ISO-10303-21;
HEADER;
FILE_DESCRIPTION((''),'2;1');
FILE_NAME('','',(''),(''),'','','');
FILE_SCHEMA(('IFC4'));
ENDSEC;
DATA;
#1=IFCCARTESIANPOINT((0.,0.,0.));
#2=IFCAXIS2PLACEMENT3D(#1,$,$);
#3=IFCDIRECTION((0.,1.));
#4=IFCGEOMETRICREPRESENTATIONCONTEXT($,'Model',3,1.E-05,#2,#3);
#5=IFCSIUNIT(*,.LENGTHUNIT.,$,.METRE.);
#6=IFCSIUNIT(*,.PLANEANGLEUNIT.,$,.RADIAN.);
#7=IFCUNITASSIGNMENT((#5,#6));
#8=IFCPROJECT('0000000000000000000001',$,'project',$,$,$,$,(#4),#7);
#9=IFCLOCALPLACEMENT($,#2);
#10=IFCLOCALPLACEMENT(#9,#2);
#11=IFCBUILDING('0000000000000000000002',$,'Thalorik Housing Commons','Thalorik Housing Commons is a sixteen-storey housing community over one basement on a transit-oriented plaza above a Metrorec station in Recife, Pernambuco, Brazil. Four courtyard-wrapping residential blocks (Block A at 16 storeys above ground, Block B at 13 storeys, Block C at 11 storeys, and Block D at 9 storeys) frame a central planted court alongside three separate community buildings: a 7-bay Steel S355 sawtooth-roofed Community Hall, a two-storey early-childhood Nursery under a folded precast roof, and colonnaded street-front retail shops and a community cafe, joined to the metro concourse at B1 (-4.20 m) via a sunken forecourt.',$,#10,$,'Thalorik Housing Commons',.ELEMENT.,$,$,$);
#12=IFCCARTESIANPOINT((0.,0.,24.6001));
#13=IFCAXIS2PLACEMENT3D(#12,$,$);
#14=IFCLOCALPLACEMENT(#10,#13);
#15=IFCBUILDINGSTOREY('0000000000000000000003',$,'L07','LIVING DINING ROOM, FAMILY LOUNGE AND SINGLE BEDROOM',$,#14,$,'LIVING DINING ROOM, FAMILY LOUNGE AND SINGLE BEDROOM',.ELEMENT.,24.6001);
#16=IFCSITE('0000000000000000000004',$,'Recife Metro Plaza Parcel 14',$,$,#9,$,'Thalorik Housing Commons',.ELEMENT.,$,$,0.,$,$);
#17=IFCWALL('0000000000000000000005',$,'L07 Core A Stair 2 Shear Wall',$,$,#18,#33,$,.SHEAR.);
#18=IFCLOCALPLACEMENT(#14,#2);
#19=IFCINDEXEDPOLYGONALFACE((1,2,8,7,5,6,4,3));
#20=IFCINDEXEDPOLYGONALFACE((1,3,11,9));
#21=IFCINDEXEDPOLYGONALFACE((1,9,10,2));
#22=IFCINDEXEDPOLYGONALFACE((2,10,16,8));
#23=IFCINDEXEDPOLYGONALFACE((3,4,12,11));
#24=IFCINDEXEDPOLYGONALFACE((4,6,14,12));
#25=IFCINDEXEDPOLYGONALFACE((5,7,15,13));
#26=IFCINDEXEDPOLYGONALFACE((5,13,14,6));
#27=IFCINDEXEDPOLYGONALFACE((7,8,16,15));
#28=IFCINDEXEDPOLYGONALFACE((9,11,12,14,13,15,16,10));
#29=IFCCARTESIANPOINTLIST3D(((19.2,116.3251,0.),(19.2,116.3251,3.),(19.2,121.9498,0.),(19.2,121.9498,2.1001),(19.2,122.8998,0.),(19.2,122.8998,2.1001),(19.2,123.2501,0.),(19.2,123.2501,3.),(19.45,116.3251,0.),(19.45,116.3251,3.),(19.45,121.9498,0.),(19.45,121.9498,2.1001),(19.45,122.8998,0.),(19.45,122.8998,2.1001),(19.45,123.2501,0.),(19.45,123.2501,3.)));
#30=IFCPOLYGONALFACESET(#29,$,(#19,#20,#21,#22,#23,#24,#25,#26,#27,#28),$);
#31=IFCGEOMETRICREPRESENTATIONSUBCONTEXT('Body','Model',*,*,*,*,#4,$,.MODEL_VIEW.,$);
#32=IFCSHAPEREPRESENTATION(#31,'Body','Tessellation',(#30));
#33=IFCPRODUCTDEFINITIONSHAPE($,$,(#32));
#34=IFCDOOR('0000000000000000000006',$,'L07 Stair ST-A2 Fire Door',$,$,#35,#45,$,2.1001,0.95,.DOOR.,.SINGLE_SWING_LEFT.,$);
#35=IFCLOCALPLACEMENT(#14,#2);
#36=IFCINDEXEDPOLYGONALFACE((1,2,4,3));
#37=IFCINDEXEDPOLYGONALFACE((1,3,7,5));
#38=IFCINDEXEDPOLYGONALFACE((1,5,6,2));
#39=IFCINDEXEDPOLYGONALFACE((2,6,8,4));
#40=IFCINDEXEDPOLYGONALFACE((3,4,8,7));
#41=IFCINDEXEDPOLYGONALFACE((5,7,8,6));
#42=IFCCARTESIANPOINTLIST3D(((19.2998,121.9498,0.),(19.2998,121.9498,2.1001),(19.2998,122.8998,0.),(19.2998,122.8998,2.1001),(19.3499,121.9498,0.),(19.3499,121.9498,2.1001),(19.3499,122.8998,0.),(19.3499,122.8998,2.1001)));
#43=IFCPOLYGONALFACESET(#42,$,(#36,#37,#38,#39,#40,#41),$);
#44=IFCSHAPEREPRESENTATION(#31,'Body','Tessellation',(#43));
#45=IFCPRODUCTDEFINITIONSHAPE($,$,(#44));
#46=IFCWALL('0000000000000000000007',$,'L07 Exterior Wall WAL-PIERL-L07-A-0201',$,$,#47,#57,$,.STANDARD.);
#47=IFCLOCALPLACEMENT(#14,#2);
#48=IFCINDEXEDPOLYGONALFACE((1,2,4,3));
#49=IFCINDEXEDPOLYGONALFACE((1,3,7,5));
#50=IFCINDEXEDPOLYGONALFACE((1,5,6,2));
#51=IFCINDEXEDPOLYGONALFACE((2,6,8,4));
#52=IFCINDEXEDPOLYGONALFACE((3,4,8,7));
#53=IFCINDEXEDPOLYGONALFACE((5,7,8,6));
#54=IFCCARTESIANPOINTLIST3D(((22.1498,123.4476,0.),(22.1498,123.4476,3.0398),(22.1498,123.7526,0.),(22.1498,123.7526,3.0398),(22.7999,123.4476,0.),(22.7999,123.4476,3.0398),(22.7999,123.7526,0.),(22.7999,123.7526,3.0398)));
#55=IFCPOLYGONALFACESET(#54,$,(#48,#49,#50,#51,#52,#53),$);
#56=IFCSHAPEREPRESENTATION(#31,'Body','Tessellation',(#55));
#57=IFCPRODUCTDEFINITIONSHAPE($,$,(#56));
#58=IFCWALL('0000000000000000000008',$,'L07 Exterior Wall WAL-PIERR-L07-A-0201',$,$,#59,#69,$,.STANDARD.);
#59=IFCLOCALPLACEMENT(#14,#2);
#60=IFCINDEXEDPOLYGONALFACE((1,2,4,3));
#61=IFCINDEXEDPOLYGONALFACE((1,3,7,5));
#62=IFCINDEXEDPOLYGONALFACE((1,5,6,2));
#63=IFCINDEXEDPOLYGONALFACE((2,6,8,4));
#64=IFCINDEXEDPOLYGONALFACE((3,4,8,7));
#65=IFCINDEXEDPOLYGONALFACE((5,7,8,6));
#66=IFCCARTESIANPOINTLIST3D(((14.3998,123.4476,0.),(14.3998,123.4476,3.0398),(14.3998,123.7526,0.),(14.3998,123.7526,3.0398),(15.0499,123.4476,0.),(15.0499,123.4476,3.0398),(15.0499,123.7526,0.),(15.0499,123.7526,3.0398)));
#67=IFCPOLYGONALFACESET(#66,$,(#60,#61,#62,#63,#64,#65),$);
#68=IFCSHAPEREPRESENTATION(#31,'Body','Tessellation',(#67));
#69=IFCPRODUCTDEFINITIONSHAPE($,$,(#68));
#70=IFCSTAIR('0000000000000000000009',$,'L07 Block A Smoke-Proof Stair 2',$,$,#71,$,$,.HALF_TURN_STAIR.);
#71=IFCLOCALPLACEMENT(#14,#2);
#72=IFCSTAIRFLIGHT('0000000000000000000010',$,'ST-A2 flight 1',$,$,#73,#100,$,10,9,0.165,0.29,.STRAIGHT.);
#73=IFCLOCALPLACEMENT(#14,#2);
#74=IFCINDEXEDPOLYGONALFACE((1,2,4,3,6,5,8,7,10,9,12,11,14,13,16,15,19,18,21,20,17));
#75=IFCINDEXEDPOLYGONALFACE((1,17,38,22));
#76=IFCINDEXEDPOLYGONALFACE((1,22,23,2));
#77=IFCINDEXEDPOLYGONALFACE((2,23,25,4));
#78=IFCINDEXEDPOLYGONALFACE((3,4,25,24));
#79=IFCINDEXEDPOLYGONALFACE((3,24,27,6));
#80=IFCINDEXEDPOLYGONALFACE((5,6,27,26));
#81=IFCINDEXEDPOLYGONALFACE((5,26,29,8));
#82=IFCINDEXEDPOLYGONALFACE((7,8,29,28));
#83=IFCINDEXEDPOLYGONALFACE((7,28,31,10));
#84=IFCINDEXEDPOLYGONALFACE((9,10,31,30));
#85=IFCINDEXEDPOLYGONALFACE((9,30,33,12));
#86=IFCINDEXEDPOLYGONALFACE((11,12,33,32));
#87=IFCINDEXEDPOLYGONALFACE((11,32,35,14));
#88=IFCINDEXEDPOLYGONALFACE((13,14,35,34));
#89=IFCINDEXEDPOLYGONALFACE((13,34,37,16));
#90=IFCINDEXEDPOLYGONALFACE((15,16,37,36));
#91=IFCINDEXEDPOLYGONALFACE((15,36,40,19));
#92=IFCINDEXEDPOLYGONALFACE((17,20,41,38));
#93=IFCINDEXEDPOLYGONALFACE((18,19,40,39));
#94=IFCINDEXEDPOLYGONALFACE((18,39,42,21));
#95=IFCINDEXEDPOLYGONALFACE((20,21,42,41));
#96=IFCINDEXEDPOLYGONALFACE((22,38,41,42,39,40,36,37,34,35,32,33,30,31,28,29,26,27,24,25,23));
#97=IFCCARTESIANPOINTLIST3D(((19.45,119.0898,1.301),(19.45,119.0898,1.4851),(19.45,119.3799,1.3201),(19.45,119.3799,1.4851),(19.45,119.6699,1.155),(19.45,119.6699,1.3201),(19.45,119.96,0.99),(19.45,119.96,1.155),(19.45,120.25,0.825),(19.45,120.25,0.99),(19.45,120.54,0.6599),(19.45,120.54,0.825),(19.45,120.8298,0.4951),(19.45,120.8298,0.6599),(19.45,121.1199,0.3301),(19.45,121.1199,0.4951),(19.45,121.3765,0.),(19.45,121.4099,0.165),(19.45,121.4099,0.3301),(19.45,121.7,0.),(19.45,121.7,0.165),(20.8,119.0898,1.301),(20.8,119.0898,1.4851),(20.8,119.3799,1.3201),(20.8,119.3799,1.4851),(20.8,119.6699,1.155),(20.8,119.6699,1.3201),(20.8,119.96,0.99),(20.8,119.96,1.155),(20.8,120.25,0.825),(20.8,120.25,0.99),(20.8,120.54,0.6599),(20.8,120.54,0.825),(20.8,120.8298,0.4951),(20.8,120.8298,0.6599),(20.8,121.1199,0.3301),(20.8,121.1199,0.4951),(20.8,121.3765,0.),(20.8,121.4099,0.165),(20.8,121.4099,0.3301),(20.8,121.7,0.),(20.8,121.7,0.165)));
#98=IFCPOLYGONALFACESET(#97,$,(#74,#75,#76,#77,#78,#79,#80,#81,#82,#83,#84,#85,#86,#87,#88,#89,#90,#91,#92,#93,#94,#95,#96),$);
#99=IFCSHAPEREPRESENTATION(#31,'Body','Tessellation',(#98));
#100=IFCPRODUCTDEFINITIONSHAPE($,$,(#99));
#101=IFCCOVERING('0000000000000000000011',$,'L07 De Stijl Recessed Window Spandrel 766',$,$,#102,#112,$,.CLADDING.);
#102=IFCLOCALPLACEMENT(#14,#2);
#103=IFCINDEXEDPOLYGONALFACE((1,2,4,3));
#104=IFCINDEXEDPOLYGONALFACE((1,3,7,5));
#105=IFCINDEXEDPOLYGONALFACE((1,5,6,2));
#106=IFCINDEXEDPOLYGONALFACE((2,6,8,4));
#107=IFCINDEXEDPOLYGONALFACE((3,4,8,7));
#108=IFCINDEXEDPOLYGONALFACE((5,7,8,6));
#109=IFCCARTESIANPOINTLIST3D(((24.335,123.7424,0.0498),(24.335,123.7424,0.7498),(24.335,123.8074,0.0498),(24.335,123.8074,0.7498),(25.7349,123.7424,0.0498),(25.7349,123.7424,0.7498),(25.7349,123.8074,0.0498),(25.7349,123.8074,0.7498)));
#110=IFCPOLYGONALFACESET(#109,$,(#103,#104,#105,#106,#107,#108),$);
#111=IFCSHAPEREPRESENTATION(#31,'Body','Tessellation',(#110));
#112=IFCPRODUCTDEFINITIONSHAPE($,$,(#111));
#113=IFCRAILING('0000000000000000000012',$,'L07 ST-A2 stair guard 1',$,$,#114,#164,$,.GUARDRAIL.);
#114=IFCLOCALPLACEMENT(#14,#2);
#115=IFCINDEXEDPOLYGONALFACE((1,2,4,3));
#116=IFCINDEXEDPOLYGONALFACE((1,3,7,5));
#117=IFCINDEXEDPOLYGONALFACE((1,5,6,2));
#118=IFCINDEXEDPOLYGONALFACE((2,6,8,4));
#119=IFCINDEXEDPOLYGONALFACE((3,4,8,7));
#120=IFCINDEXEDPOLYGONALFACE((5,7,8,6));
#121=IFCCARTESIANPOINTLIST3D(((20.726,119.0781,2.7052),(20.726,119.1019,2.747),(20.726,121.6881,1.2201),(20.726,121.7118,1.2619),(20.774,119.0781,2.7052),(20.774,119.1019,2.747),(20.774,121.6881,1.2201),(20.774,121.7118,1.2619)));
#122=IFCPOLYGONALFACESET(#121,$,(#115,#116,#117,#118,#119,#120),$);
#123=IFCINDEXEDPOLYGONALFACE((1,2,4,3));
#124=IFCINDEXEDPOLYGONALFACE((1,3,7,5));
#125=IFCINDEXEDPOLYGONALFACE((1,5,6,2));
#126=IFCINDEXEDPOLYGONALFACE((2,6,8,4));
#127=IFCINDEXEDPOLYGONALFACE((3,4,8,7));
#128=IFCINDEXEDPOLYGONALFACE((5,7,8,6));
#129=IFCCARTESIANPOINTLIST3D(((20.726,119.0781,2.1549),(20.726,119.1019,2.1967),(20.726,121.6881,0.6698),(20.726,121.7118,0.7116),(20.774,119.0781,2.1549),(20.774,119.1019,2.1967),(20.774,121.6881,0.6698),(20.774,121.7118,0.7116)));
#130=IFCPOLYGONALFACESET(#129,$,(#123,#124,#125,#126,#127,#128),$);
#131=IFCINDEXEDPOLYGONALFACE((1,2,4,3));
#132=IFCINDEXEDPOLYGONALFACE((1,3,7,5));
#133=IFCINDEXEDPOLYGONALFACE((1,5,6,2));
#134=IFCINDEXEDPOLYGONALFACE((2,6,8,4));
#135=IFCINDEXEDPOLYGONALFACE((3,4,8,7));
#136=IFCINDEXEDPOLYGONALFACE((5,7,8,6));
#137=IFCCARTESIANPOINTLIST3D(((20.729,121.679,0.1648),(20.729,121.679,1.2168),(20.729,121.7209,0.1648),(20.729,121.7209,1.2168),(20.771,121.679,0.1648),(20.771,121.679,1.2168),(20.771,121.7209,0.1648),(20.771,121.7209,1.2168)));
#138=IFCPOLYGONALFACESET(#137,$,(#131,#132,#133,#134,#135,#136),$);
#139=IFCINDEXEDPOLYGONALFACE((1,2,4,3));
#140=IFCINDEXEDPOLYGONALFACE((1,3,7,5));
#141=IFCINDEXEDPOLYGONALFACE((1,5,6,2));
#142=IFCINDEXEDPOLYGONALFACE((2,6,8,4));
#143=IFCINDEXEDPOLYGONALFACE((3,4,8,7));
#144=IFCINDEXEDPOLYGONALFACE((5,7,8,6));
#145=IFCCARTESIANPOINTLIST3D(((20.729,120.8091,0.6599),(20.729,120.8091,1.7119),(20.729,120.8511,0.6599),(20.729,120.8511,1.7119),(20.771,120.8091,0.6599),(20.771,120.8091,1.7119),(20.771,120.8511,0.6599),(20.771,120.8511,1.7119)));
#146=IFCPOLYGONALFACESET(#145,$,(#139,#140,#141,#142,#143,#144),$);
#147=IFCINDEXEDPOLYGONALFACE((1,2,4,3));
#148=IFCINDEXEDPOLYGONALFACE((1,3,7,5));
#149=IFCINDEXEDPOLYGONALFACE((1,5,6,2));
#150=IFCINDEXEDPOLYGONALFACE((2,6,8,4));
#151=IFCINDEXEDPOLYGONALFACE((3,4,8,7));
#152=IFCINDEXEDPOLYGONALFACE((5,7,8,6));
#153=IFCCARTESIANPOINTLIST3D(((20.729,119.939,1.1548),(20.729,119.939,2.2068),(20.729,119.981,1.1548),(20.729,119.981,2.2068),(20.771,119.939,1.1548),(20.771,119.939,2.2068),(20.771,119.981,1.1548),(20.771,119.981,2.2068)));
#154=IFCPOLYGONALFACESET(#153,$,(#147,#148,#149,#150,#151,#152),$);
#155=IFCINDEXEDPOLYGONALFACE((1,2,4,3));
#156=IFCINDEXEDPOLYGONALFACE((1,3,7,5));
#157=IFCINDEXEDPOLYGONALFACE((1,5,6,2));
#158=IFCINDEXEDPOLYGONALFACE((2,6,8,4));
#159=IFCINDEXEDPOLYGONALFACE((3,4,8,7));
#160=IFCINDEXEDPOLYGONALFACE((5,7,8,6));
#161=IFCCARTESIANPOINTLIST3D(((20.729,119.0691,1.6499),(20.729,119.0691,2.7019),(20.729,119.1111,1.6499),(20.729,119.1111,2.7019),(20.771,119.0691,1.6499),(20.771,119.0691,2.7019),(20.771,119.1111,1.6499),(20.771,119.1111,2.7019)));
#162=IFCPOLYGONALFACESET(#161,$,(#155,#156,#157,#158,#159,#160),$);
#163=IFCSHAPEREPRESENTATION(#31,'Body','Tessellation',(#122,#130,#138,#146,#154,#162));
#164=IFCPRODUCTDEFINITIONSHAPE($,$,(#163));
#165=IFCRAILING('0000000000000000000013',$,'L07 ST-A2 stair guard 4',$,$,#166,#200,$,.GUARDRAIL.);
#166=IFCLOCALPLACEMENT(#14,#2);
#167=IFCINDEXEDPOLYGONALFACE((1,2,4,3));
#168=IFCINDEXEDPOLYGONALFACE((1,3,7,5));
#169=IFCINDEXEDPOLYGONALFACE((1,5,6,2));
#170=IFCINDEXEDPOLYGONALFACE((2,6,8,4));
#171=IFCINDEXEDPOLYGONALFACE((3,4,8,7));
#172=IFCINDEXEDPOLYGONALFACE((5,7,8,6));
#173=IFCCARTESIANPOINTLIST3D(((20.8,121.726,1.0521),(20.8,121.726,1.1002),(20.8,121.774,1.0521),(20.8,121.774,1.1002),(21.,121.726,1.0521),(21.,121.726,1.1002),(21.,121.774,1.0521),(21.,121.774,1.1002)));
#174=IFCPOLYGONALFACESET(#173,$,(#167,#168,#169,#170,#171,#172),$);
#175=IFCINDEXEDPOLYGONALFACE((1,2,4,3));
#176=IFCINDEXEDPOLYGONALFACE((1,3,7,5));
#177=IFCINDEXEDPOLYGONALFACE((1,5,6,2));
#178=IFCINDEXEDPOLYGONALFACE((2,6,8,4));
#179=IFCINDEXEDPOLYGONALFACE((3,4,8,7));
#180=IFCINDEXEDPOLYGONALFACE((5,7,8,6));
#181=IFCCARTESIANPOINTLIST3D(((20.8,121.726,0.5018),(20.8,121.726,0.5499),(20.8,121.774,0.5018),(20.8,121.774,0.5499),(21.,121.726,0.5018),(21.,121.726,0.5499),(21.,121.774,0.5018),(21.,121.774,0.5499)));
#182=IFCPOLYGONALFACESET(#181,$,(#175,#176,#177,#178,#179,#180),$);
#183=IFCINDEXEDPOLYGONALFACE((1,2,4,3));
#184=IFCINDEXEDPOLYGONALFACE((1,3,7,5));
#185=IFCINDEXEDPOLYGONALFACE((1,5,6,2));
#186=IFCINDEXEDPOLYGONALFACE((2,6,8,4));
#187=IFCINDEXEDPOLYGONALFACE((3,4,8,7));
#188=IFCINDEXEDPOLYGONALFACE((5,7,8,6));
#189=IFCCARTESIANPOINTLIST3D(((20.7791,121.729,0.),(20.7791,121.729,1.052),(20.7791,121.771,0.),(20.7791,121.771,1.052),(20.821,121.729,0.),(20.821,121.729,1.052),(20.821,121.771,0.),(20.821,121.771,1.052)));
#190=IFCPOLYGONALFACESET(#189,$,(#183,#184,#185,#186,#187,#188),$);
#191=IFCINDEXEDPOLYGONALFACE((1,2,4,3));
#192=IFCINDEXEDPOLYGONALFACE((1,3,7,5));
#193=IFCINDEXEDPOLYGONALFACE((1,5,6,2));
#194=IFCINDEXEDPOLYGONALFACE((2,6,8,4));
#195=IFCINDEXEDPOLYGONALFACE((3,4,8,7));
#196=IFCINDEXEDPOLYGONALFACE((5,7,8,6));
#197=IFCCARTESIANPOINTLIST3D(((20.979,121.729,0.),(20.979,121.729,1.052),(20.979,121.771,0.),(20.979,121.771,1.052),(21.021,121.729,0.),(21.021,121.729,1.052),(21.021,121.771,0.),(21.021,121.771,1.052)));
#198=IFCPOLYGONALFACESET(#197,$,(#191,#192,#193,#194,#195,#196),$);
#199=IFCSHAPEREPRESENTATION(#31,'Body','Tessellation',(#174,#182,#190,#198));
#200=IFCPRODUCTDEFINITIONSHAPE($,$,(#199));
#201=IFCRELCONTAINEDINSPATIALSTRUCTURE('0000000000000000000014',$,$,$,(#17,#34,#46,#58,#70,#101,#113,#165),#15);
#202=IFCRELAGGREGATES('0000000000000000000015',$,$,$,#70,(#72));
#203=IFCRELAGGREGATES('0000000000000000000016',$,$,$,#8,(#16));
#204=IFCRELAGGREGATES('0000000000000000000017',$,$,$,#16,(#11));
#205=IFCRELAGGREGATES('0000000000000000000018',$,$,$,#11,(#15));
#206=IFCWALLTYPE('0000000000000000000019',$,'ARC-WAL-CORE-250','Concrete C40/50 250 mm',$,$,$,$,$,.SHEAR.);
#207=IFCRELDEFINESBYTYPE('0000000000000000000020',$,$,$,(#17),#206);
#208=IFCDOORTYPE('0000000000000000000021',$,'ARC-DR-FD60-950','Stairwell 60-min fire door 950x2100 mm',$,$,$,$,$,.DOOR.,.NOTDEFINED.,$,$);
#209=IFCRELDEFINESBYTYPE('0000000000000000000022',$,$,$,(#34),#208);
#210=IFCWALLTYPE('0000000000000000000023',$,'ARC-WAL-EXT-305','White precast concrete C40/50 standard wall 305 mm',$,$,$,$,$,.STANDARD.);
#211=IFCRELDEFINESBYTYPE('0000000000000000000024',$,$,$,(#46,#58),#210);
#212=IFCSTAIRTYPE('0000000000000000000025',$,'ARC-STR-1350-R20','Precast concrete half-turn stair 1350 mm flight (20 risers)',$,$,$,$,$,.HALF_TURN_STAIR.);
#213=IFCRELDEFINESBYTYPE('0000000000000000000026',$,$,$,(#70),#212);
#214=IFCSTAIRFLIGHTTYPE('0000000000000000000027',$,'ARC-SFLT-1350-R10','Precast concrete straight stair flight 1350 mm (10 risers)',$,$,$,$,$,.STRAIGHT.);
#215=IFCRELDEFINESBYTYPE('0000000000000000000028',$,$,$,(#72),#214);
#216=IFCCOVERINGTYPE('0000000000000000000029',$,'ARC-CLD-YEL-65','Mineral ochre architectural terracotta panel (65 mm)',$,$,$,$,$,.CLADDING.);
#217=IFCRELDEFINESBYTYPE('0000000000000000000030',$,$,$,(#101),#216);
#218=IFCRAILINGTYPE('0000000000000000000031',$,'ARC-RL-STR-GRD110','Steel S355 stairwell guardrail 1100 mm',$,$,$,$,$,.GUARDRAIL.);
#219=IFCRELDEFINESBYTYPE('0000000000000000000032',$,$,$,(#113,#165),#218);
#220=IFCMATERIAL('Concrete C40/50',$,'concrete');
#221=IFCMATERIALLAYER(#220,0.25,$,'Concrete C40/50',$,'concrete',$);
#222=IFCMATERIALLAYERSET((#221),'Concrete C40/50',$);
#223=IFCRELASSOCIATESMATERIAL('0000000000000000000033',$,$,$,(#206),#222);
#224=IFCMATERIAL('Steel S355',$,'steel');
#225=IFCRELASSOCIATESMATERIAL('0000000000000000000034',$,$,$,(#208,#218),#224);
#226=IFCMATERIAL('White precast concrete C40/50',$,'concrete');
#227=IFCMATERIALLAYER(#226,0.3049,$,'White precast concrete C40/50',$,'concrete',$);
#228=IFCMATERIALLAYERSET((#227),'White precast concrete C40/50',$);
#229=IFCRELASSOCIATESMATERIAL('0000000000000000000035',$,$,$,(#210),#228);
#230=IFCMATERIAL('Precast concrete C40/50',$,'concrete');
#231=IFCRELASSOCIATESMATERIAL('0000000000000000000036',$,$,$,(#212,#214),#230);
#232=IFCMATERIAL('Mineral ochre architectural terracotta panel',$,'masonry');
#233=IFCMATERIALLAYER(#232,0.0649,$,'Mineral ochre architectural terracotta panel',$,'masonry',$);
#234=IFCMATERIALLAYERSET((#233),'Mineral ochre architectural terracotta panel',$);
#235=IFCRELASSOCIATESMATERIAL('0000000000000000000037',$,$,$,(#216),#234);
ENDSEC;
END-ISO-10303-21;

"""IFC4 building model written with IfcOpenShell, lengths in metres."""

from ifc_helpers import new_model, si_unit, direction, frame, frame_2d, origin, origin_2d, place, context, subcontext, project, spatial, polyline, rectangle, outline, extrude, material, layer, layer_set, type_object, element, fill, aggregate, save


model = new_model("IFC4")

# Units and contexts
model_context = context("Model", 3, precision=1e-05, world=origin(), true_north=direction((0.0, 1.0)))
body_context = subcontext(model_context, "Body", "Model", "MODEL_VIEW")
ifc_project = project(units=[si_unit("LENGTHUNIT", "METRE"), si_unit("PLANEANGLEUNIT", "RADIAN")], contexts=[model_context])

# Site, building, storey
site_placement = place(None, origin())
site = spatial("IfcSite", under=ifc_project, at=site_placement, Name="Recife Metro Plaza Parcel 14", LongName="Thalorik Housing Commons", CompositionType="ELEMENT", RefElevation=0.0)
building_placement = place(site_placement, origin())
building = spatial("IfcBuilding", under=site, at=building_placement, Name="Thalorik Housing Commons", Description="Thalorik Housing Commons is a sixteen-storey housing community over one basement on a transit-oriented plaza above a Metrorec station in Recife, Pernambuco, Brazil. Four courtyard-wrapping residential blocks (Block A at 16 storeys above ground, Block B at 13 storeys, Block C at 11 storeys, and Block D at 9 storeys) frame a central planted court alongside three separate community buildings: a 7-bay Steel S355 sawtooth-roofed Community Hall, a two-storey early-childhood Nursery under a folded precast roof, and colonnaded street-front retail shops and a community cafe, joined to the metro concourse at B1 (-4.20 m) via a sunken forecourt.", LongName="Thalorik Housing Commons", CompositionType="ELEMENT")
storey_placement = place(building_placement, frame((0.0, 0.0, 24.6001)))
storey = spatial("IfcBuildingStorey", under=building, at=storey_placement, Name="L07", Description="LIVING DINING ROOM, FAMILY LOUNGE AND SINGLE BEDROOM", LongName="LIVING DINING ROOM, FAMILY LOUNGE AND SINGLE BEDROOM", CompositionType="ELEMENT", Elevation=24.6001)

# Shared definitions
ifc_material_1 = material(Name="Precast concrete C40/50", Category="concrete")

# Shared definitions
ifc_material_2 = material(Name="Concrete C40/50", Category="concrete")
ifc_layer_1 = layer(ifc_material_2, 0.25, Name="Concrete C40/50", Category="concrete")
ifc_layer_set_1 = layer_set([ifc_layer_1], Name="Concrete C40/50")
wall_type_1 = type_object("IfcWallType", Name="ARC-WAL-CORE-250", Description="Concrete C40/50 250 mm", PredefinedType="SHEAR", material=ifc_layer_set_1)

# Wall, opening, door
wall_1_placement = place(storey_placement, frame((19.325, 123.25, 0.0), z_axis=(0.0, 0.0, 1.0), x_axis=(0.0, -1.0, 0.0)))
wall_1 = element("IfcWall", 1, at=wall_1_placement, inside=storey, type_object=wall_type_1, Name="L07 Core A Stair 2 Shear Wall", PredefinedType="SHEAR", context=body_context, shape_type="SweptSolid", body=[
    extrude(rectangle(XDim=6.925, YDim=0.25, at=frame_2d((3.4624, 0.0))), origin(), (0.0, 0.0, 1.0), 3.0),
])
opening_placement = place(wall_1_placement, frame((0.3501, 0.0, 0.0)))
opening = element("IfcOpeningElement", 2, at=opening_placement, cuts=wall_1, PredefinedType="OPENING", context=body_context, shape_type="SweptSolid", body=[
    extrude(rectangle(XDim=0.95, YDim=2.1001, at=frame_2d((0.4751, 1.05))), frame((0.0, 0.135, 0.0), z_axis=(0.0, -1.0, 0.0), x_axis=(1.0, 0.0, 0.0)), (0.0, 0.0, 1.0), 0.27),
])
ifc_material_3 = material(Name="Steel S355", Category="steel")
door_type = type_object("IfcDoorType", Name="ARC-DR-FD60-950", Description="Stairwell 60-min fire door 950x2100 mm", OperationType="NOTDEFINED", PredefinedType="DOOR", material=ifc_material_3)
door_placement = place(opening_placement, origin())
door = element("IfcDoor", 3, at=door_placement, inside=storey, type_object=door_type, Name="L07 Stair ST-A2 Fire Door", OperationType="SINGLE_SWING_LEFT", OverallHeight=2.1001, OverallWidth=0.95, PredefinedType="DOOR", context=body_context, shape_type="SweptSolid", body=[
    extrude(rectangle(XDim=0.95, YDim=2.1001, at=frame_2d((0.4751, 1.05))), frame((0.0, 0.0249, 0.0), z_axis=(0.0, -1.0, 0.0), x_axis=(1.0, 0.0, 0.0)), (0.0, 0.0, 1.0), 0.05),
])
fill(opening, door)

# Walls
ifc_material_4 = material(Name="White precast concrete C40/50", Category="concrete")
ifc_layer_2 = layer(ifc_material_4, 0.3049, Name="White precast concrete C40/50", Category="concrete")
ifc_layer_set_2 = layer_set([ifc_layer_2], Name="White precast concrete C40/50")
wall_type_2 = type_object("IfcWallType", Name="ARC-WAL-EXT-305", Description="White precast concrete C40/50 standard wall 305 mm", PredefinedType="STANDARD", material=ifc_layer_set_2)
for number, where, z_axis, x_axis, name in (
    (4, (22.8, 123.6001, 0.0), (0.0, 0.0, 1.0), (-1.0, 0.0, 0.0), "L07 Exterior Wall WAL-PIERL-L07-A-0201"),
    (5, (15.05, 123.6001, 0.0), (0.0, 0.0, 1.0), (-1.0, 0.0, 0.0), "L07 Exterior Wall WAL-PIERR-L07-A-0201"),
):
    element("IfcWall", number, at=place(storey_placement, frame(where, z_axis=z_axis, x_axis=x_axis)), inside=storey, type_object=wall_type_2, Name=name, PredefinedType="STANDARD", context=body_context, shape_type="SweptSolid", body=[
        extrude(rectangle(XDim=0.6501, YDim=0.3049, at=frame_2d((0.3252, 0.0))), origin(), (0.0, 0.0, 1.0), 3.0398),
    ])

# Stair, stair flight
stair_type = type_object("IfcStairType", Name="ARC-STR-1350-R20", Description="Precast concrete half-turn stair 1350 mm flight (20 risers)", PredefinedType="HALF_TURN_STAIR", material=ifc_material_1)
stair_placement = place(storey_placement, origin())
stair = element("IfcStair", 6, at=stair_placement, inside=storey, type_object=stair_type, Name="L07 Block A Smoke-Proof Stair 2", PredefinedType="HALF_TURN_STAIR")
stair_flight_type = type_object("IfcStairFlightType", Name="ARC-SFLT-1350-R10", Description="Precast concrete straight stair flight 1350 mm (10 risers)", PredefinedType="STRAIGHT", material=ifc_material_1)
stair_flight_placement = place(storey_placement, frame((20.125, 121.7, 0.0), z_axis=(0.0, 0.0, 1.0), x_axis=(0.0, -1.0, 0.0)))
stair_flight = element("IfcStairFlight", 7, at=stair_flight_placement, type_object=stair_flight_type, Name="ST-A2 flight 1", NumberOfRisers=10, NumberOfTreads=9, PredefinedType="STRAIGHT", RiserHeight=0.165, TreadLength=0.29, context=body_context, shape_type="SweptSolid", body=[
    extrude(outline(polyline([(0.0, 0.0), (0.0, 0.165), (0.29, 0.165), (0.29, 0.3301), (0.5801, 0.3301), (0.5801, 0.4951), (0.8701, 0.4951), (0.8701, 0.6599), (1.1599, 0.6599), (1.1599, 0.825), (1.45, 0.825), (1.45, 0.99), (1.74, 0.99), (1.74, 1.155), (2.03, 1.155), (2.03, 1.3201), (2.3201, 1.3201), (2.3201, 1.4851), (2.6101, 1.4851), (2.6101, 1.6499), (2.6101, 1.301), (0.3235, 0.0), (0.0, 0.0)])), frame((0.0, 0.675, 0.0), z_axis=(0.0, -1.0, 0.0), x_axis=(1.0, 0.0, 0.0)), (0.0, 0.0, 1.0), 1.3501),
])
aggregate(stair, [stair_flight])

# Covering
ifc_material_5 = material(Name="Mineral ochre architectural terracotta panel", Category="masonry")
ifc_layer_3 = layer(ifc_material_5, 0.0649, Name="Mineral ochre architectural terracotta panel", Category="masonry")
ifc_layer_set_3 = layer_set([ifc_layer_3], Name="Mineral ochre architectural terracotta panel")
covering_type_1 = type_object("IfcCoveringType", Name="ARC-CLD-YEL-65", Description="Mineral ochre architectural terracotta panel (65 mm)", PredefinedType="CLADDING", material=ifc_layer_set_3)
covering_1_placement = place(storey_placement, frame((25.0349, 123.7749, 0.0498), z_axis=(0.0, 0.0, 1.0), x_axis=(-1.0, 0.0, 0.0)))
element("IfcCovering", 8, at=covering_1_placement, inside=storey, type_object=covering_type_1, Name="L07 De Stijl Recessed Window Spandrel 766", PredefinedType="CLADDING", context=body_context, shape_type="SweptSolid", body=[
    extrude(rectangle(XDim=1.3999, YDim=0.0649, at=origin_2d()), origin(), (0.0, 0.0, 1.0), 0.7),
])

# Railings
railing_type_1 = type_object("IfcRailingType", Name="ARC-RL-STR-GRD110", Description="Steel S355 stairwell guardrail 1100 mm", PredefinedType="GUARDRAIL", material=ifc_material_3)
railing_1_placement = place(storey_placement, frame((20.75, 121.7, 0.1648)))
element("IfcRailing", 9, at=railing_1_placement, inside=storey, type_object=railing_type_1, Name="L07 ST-A2 stair guard 1", PredefinedType="GUARDRAIL", context=body_context, shape_type="SweptSolid", body=[
    extrude(rectangle(XDim=0.0481, YDim=0.0481, at=origin_2d()), frame((0.0, 0.0, 1.0762), z_axis=(0.0, -0.869137, 0.494571), x_axis=(1.0, 0.0, 0.0)), (0.0, 0.0, 1.0), 3.0029),
    extrude(rectangle(XDim=0.0481, YDim=0.0481, at=origin_2d()), frame((0.0, 0.0, 0.5259), z_axis=(0.0, -0.869137, 0.494571), x_axis=(1.0, 0.0, 0.0)), (0.0, 0.0, 1.0), 3.0029),
    extrude(rectangle(XDim=0.042, YDim=0.042, at=origin_2d()), origin(), (0.0, 0.0, 1.0), 1.052),
    extrude(rectangle(XDim=0.042, YDim=0.042, at=origin_2d()), frame((0.0, -0.8699, 0.4951)), (0.0, 0.0, 1.0), 1.052),
    extrude(rectangle(XDim=0.042, YDim=0.042, at=origin_2d()), frame((0.0, -1.74, 0.99)), (0.0, 0.0, 1.0), 1.052),
    extrude(rectangle(XDim=0.042, YDim=0.042, at=origin_2d()), frame((0.0, -2.6099, 1.4851)), (0.0, 0.0, 1.0), 1.052),
])
railing_2_placement = place(storey_placement, frame((20.8, 121.75, 0.0)))
element("IfcRailing", 10, at=railing_2_placement, inside=storey, type_object=railing_type_1, Name="L07 ST-A2 stair guard 4", PredefinedType="GUARDRAIL", context=body_context, shape_type="SweptSolid", body=[
    extrude(rectangle(XDim=0.0481, YDim=0.0481, at=origin_2d()), frame((0.0, 0.0, 1.0762), z_axis=(1.0, 0.0, 0.0), x_axis=(0.0, 1.0, 0.0)), (0.0, 0.0, 1.0), 0.2),
    extrude(rectangle(XDim=0.0481, YDim=0.0481, at=origin_2d()), frame((0.0, 0.0, 0.5259), z_axis=(1.0, 0.0, 0.0), x_axis=(0.0, 1.0, 0.0)), (0.0, 0.0, 1.0), 0.2),
    extrude(rectangle(XDim=0.042, YDim=0.042, at=origin_2d()), origin(), (0.0, 0.0, 1.0), 1.052),
    extrude(rectangle(XDim=0.042, YDim=0.042, at=origin_2d()), frame((0.2, 0.0, 0.0)), (0.0, 0.0, 1.0), 1.052),
])

save(model, "model.ifc")
